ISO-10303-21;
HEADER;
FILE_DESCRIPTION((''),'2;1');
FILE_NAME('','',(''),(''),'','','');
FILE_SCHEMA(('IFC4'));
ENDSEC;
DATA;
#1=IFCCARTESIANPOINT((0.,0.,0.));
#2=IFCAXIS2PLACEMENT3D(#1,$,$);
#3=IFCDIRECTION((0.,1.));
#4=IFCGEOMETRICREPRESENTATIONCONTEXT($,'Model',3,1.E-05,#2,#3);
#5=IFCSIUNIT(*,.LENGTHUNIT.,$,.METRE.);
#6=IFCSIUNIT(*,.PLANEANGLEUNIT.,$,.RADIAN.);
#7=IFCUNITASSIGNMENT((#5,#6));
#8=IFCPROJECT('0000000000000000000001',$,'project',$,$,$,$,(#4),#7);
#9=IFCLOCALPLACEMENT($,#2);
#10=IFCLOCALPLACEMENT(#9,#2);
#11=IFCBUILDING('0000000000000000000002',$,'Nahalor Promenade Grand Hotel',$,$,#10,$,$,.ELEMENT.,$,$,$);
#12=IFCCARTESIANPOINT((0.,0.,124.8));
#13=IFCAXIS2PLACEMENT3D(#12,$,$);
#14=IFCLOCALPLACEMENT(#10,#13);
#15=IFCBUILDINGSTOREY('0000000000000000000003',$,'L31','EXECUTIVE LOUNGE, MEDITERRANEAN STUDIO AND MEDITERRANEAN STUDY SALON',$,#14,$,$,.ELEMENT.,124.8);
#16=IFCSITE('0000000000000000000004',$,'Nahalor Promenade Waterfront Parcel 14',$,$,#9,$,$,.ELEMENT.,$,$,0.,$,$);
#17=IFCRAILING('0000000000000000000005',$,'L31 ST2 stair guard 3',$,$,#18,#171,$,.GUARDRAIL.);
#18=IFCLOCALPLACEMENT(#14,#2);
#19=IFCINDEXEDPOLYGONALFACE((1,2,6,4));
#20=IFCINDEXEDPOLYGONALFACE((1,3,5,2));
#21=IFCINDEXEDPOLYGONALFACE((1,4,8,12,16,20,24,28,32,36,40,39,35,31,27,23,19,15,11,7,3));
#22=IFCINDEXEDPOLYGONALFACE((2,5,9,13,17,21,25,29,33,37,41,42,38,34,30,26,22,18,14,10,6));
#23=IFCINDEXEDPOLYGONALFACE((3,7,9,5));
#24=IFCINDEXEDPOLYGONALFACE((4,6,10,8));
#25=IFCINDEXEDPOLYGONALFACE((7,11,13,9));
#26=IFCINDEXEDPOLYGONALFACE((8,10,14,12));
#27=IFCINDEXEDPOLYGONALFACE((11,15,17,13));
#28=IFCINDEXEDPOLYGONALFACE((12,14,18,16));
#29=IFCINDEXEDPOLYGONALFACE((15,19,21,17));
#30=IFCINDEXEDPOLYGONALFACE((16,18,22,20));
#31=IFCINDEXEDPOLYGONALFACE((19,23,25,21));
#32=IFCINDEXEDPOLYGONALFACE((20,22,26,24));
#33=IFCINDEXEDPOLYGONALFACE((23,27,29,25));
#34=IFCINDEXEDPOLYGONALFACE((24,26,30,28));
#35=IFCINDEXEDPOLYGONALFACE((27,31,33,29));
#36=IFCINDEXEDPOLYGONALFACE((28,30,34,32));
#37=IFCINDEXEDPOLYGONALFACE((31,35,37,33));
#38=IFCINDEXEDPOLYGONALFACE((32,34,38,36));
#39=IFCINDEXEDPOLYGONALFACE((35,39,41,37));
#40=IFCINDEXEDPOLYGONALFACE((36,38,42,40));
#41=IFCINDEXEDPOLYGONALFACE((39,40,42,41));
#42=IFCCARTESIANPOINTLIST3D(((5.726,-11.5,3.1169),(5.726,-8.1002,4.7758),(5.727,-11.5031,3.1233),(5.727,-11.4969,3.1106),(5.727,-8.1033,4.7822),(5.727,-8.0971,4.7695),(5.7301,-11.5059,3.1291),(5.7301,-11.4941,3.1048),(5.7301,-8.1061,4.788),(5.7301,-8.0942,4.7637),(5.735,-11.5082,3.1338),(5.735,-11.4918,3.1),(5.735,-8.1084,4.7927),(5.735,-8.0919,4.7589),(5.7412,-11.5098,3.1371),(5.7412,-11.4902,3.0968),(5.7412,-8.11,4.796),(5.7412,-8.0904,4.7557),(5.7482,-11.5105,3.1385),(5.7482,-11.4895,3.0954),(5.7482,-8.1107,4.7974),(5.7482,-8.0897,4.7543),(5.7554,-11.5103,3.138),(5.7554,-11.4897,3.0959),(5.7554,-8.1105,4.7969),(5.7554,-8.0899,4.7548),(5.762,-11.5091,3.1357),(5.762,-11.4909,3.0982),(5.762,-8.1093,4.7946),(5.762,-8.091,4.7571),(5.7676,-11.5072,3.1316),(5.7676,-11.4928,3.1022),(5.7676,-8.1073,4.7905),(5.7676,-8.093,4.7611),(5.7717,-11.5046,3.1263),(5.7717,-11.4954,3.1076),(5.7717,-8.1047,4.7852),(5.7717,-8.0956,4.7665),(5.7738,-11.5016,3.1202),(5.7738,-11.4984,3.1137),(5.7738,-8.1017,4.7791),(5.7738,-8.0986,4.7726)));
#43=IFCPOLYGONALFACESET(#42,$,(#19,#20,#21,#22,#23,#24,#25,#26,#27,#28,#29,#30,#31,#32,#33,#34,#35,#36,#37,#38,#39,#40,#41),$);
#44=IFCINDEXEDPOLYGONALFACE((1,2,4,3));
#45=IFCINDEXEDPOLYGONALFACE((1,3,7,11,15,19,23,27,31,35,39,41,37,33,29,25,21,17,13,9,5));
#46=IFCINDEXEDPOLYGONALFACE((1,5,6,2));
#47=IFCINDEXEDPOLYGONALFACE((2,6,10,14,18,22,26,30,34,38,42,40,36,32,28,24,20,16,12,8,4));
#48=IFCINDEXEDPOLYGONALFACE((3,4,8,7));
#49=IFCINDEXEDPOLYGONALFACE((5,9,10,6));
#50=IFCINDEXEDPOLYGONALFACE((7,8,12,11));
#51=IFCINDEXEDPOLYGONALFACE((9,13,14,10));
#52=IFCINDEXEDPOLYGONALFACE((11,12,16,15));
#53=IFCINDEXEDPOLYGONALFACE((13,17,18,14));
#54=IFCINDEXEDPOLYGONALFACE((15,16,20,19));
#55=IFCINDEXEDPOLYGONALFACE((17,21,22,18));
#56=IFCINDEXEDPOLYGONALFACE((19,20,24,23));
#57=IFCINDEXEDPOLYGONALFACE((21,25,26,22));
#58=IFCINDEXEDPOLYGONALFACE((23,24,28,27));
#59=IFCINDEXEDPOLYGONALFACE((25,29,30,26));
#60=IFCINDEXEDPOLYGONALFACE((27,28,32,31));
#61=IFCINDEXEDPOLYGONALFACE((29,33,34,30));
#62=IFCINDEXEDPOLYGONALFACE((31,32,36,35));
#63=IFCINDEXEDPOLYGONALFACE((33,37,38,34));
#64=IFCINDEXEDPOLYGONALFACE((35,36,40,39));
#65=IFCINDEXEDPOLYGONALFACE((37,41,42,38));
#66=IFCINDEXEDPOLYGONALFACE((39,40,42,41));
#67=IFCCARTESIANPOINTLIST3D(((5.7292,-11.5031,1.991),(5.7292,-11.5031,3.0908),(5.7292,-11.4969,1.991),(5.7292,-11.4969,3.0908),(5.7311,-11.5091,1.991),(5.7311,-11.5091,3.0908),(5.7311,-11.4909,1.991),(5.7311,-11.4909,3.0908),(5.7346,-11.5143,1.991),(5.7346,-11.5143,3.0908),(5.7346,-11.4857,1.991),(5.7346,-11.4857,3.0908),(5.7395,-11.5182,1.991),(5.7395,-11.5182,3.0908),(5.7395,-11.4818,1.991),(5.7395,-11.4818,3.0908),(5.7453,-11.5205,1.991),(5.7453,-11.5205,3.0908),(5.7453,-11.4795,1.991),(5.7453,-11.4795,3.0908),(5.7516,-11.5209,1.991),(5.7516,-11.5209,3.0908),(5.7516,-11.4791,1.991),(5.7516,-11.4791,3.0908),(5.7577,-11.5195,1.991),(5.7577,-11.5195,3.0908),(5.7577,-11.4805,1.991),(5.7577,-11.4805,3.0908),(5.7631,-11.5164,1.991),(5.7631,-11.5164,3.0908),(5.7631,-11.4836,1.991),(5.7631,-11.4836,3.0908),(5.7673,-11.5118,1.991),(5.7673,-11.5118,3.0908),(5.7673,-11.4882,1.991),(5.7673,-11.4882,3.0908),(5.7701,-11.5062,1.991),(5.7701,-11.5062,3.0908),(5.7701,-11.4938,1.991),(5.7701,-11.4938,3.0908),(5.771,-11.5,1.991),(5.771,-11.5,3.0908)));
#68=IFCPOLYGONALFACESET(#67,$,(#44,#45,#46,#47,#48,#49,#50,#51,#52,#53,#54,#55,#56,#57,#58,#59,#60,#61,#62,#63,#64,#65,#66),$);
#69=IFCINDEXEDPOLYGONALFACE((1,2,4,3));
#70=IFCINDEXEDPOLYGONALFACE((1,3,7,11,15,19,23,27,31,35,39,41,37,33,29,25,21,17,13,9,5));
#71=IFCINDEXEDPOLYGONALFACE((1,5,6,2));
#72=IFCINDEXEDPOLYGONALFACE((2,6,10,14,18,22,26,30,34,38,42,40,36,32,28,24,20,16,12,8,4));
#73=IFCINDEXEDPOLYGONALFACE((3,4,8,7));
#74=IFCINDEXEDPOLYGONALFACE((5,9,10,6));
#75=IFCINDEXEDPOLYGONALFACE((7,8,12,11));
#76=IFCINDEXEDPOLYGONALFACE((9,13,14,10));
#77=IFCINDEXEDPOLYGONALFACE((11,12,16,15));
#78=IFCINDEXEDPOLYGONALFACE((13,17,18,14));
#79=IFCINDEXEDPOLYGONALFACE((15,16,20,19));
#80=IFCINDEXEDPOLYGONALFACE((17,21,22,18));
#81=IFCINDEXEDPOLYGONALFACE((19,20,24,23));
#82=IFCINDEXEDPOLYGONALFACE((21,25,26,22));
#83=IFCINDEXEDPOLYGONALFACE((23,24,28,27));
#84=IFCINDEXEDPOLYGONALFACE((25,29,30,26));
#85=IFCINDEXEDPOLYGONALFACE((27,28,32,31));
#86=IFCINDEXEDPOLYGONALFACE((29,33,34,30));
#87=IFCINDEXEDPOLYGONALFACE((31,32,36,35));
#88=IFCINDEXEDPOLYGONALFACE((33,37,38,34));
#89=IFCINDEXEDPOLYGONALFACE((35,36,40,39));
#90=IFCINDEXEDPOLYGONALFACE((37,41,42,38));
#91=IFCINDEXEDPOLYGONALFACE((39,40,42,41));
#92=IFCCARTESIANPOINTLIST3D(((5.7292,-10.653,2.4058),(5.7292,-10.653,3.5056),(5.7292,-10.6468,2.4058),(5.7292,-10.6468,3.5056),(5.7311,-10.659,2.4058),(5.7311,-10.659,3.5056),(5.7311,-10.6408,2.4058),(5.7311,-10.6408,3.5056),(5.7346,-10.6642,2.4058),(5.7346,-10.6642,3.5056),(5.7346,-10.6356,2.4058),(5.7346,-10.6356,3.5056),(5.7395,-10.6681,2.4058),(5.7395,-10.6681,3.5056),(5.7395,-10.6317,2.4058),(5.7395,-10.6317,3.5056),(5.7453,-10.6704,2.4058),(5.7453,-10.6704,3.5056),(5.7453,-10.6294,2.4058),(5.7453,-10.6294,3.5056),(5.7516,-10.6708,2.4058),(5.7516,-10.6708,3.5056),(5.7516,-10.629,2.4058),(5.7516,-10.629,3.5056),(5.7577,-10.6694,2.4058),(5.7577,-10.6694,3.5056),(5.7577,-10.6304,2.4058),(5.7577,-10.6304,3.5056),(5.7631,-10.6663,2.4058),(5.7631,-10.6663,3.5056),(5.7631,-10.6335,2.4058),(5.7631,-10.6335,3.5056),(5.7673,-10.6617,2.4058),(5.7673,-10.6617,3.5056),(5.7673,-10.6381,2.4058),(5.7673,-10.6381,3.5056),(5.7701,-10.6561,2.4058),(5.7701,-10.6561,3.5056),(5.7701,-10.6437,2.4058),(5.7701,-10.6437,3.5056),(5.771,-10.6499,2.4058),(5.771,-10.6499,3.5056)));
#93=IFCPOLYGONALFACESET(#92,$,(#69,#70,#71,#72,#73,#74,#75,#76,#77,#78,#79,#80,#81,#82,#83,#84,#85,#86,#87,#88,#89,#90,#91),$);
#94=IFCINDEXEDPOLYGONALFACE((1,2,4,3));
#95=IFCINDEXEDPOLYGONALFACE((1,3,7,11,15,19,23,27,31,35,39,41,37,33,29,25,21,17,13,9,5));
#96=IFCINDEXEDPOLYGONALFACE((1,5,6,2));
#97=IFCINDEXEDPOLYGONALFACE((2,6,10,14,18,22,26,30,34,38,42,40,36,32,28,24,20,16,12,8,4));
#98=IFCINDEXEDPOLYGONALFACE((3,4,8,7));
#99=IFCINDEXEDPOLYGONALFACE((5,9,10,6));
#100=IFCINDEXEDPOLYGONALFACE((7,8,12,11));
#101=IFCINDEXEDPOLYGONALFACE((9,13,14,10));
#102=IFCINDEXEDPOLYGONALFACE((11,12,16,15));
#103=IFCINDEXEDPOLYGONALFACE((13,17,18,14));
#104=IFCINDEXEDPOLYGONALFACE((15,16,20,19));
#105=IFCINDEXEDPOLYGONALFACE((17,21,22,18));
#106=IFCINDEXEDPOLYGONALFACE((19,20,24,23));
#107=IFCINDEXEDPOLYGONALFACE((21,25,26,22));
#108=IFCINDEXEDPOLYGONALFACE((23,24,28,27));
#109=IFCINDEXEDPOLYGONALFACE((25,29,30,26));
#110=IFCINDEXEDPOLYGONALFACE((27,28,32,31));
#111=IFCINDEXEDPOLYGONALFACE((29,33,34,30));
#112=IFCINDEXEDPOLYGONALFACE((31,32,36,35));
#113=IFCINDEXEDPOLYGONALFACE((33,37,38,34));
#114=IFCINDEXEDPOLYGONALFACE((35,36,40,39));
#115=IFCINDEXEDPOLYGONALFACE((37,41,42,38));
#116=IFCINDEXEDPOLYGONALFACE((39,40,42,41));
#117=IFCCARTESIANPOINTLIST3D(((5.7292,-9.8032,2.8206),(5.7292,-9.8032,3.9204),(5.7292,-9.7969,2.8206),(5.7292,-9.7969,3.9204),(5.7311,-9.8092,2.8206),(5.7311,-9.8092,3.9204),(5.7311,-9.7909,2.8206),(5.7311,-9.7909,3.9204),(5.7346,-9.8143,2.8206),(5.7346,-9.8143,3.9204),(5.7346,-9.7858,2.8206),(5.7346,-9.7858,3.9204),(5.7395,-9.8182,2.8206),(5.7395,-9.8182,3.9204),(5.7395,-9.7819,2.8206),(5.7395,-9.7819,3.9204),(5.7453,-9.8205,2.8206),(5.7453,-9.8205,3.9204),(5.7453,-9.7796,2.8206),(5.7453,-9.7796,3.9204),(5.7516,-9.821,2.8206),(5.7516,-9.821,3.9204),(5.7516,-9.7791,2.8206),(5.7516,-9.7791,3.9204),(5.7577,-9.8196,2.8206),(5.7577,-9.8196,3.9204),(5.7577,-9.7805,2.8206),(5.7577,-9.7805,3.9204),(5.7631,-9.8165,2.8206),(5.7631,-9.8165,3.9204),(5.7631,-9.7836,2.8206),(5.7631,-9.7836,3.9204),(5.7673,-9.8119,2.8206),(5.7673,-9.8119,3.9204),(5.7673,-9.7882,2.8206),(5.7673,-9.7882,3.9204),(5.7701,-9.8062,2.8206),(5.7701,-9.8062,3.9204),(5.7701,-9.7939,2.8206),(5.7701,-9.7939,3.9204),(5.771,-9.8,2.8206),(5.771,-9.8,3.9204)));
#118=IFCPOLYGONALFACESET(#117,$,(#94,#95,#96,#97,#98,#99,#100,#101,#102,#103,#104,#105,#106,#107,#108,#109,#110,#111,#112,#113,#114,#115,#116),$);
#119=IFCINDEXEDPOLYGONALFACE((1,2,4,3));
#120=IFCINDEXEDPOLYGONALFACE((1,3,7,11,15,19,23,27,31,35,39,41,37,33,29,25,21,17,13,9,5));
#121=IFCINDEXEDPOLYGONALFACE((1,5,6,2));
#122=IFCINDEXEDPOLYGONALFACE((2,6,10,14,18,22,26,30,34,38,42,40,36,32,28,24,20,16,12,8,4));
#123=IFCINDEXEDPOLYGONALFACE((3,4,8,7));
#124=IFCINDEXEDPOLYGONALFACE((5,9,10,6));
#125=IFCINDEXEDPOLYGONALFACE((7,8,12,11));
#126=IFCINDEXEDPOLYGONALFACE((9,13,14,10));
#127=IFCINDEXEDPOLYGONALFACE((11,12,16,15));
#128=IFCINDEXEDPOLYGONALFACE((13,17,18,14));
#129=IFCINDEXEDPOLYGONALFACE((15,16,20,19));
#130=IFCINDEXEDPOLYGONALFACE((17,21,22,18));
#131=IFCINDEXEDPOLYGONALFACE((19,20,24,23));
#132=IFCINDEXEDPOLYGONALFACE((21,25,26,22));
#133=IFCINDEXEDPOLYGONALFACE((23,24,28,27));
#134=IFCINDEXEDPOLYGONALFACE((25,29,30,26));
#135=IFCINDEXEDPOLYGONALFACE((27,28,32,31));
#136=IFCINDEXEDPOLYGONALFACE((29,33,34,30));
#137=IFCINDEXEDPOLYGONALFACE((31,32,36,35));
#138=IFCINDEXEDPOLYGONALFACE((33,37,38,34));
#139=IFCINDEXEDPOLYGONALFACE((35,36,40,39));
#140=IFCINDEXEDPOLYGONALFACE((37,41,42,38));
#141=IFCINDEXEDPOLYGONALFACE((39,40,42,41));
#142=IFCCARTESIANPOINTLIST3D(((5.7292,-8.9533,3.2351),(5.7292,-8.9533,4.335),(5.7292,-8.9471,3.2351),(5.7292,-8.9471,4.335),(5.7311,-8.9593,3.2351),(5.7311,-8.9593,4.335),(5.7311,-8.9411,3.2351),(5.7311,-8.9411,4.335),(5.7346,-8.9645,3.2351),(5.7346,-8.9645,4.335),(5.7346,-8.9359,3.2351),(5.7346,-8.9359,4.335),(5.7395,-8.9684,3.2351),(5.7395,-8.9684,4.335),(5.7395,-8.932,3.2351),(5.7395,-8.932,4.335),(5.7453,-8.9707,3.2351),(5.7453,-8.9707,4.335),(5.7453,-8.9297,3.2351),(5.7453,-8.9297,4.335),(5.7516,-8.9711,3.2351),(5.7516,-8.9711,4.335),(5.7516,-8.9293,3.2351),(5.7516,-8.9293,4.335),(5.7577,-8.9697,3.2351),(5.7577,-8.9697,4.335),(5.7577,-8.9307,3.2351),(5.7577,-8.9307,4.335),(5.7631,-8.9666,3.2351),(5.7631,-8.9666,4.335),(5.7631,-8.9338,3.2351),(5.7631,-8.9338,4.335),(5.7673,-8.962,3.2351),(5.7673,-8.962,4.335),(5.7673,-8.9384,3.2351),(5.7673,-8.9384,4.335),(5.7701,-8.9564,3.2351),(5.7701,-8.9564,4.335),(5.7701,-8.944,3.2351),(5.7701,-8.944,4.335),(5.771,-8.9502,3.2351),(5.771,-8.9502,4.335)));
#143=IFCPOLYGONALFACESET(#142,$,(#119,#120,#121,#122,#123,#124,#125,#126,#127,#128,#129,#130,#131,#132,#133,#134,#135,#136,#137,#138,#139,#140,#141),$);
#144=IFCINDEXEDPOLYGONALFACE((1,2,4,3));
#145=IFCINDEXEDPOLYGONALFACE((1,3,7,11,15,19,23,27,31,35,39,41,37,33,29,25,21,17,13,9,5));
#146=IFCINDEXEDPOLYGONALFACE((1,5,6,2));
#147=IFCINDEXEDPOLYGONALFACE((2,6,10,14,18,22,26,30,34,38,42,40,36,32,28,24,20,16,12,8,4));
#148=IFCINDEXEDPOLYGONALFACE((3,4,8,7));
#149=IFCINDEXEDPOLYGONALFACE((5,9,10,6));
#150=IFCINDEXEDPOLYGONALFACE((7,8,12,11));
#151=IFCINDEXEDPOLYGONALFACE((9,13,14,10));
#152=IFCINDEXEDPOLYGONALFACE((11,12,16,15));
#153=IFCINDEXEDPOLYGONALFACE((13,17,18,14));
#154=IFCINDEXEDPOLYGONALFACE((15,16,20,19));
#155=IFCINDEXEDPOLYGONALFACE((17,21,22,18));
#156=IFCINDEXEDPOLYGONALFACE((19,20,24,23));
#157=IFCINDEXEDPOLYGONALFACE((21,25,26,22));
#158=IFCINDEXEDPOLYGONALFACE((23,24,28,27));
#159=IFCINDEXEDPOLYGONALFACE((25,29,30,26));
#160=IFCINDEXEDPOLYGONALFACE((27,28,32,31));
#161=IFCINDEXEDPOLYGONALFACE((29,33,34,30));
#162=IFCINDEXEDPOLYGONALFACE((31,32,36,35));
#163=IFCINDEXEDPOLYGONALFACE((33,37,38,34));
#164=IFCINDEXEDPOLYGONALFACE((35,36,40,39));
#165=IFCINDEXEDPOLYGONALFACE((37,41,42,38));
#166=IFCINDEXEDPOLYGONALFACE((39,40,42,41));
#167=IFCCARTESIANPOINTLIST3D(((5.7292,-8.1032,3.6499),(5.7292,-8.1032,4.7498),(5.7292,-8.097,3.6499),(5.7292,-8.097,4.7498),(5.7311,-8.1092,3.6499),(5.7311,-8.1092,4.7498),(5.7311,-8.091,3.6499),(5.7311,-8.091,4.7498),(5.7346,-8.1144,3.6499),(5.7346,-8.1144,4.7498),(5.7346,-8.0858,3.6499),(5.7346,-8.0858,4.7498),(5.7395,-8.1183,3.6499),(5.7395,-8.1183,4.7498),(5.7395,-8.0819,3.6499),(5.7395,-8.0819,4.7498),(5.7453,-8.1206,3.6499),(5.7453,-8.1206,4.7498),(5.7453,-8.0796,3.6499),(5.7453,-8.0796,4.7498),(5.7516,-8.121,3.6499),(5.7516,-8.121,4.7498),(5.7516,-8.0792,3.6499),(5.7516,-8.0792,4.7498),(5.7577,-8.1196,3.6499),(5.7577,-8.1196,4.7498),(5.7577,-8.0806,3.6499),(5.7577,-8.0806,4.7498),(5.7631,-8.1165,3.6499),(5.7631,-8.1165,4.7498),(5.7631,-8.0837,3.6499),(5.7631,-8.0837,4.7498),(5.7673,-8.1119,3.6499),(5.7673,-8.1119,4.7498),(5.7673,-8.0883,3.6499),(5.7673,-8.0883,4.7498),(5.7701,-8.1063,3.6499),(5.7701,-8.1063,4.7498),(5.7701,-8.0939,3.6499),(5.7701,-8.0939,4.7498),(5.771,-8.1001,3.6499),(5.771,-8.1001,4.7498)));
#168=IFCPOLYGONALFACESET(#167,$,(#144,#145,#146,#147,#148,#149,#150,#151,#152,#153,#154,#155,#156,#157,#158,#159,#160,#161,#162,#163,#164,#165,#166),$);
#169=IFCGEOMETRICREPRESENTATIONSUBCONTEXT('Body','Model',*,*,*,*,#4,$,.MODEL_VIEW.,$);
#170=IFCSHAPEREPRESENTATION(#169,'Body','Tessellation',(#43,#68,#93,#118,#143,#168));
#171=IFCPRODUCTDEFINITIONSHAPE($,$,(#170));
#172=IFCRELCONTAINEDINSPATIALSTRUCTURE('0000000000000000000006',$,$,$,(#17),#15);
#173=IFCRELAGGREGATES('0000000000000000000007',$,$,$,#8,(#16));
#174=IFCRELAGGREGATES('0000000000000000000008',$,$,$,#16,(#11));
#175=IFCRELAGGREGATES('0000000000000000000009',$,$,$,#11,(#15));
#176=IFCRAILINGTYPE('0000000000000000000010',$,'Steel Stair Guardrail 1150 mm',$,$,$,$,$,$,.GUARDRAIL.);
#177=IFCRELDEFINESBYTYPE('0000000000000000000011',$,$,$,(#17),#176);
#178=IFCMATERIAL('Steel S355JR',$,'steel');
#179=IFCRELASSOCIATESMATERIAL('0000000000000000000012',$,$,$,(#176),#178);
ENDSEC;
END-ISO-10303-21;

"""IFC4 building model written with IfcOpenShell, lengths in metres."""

from ifc_helpers import new_model, si_unit, direction, frame, origin, origin_2d, place, context, subcontext, project, spatial, circle, extrude, material, type_object, element, save


model = new_model("IFC4")

# Units and contexts
model_context = context("Model", 3, precision=1e-05, world=origin(), true_north=direction((0.0, 1.0)))
body_context = subcontext(model_context, "Body", "Model", "MODEL_VIEW")
ifc_project = project(units=[si_unit("LENGTHUNIT", "METRE"), si_unit("PLANEANGLEUNIT", "RADIAN")], contexts=[model_context])

# Site, building, storey
site_placement = place(None, origin())
site = spatial("IfcSite", under=ifc_project, at=site_placement, Name="Nahalor Promenade Waterfront Parcel 14", CompositionType="ELEMENT", RefElevation=0.0)
building_placement = place(site_placement, origin())
building = spatial("IfcBuilding", under=site, at=building_placement, Name="Nahalor Promenade Grand Hotel", CompositionType="ELEMENT")
storey_placement = place(building_placement, frame((0.0, 0.0, 124.8)))
storey = spatial("IfcBuildingStorey", under=building, at=storey_placement, Name="L31", Description="EXECUTIVE LOUNGE, MEDITERRANEAN STUDIO AND MEDITERRANEAN STUDY SALON", CompositionType="ELEMENT", Elevation=124.8)

# Shared definitions
ifc_material_1 = material(Name="Steel S355JR", Category="steel")

# Railing
railing_type_1 = type_object("IfcRailingType", Name="Steel Stair Guardrail 1150 mm", PredefinedType="GUARDRAIL", material=ifc_material_1)
railing_1_placement = place(storey_placement, frame((5.75, -11.5, 1.991)))
element("IfcRailing", 1, at=railing_1_placement, inside=storey, type_object=railing_type_1, Name="L31 ST2 stair guard 3", PredefinedType="GUARDRAIL", context=body_context, shape_type="SweptSolid", body=[
    extrude(circle(Radius=0.024, at=origin_2d()), frame((0.0, 0.0, 1.126), z_axis=(0.0, 0.898722, 0.438519), x_axis=(-1.0, 0.0, 0.0)), (0.0, 0.0, 1.0), 3.783),
    extrude(circle(Radius=0.021, at=origin_2d()), origin(), (0.0, 0.0, 1.0), 1.0999),
    extrude(circle(Radius=0.021, at=origin_2d()), frame((0.0, 0.8501, 0.4148)), (0.0, 0.0, 1.0), 1.0999),
    extrude(circle(Radius=0.021, at=origin_2d()), frame((0.0, 1.7, 0.8296)), (0.0, 0.0, 1.0), 1.0999),
    extrude(circle(Radius=0.021, at=origin_2d()), frame((0.0, 2.5498, 1.2441)), (0.0, 0.0, 1.0), 1.0999),
    extrude(circle(Radius=0.021, at=origin_2d()), frame((0.0, 3.3999, 1.6589)), (0.0, 0.0, 1.0), 1.0999),
])

save(model, "model.ifc")
